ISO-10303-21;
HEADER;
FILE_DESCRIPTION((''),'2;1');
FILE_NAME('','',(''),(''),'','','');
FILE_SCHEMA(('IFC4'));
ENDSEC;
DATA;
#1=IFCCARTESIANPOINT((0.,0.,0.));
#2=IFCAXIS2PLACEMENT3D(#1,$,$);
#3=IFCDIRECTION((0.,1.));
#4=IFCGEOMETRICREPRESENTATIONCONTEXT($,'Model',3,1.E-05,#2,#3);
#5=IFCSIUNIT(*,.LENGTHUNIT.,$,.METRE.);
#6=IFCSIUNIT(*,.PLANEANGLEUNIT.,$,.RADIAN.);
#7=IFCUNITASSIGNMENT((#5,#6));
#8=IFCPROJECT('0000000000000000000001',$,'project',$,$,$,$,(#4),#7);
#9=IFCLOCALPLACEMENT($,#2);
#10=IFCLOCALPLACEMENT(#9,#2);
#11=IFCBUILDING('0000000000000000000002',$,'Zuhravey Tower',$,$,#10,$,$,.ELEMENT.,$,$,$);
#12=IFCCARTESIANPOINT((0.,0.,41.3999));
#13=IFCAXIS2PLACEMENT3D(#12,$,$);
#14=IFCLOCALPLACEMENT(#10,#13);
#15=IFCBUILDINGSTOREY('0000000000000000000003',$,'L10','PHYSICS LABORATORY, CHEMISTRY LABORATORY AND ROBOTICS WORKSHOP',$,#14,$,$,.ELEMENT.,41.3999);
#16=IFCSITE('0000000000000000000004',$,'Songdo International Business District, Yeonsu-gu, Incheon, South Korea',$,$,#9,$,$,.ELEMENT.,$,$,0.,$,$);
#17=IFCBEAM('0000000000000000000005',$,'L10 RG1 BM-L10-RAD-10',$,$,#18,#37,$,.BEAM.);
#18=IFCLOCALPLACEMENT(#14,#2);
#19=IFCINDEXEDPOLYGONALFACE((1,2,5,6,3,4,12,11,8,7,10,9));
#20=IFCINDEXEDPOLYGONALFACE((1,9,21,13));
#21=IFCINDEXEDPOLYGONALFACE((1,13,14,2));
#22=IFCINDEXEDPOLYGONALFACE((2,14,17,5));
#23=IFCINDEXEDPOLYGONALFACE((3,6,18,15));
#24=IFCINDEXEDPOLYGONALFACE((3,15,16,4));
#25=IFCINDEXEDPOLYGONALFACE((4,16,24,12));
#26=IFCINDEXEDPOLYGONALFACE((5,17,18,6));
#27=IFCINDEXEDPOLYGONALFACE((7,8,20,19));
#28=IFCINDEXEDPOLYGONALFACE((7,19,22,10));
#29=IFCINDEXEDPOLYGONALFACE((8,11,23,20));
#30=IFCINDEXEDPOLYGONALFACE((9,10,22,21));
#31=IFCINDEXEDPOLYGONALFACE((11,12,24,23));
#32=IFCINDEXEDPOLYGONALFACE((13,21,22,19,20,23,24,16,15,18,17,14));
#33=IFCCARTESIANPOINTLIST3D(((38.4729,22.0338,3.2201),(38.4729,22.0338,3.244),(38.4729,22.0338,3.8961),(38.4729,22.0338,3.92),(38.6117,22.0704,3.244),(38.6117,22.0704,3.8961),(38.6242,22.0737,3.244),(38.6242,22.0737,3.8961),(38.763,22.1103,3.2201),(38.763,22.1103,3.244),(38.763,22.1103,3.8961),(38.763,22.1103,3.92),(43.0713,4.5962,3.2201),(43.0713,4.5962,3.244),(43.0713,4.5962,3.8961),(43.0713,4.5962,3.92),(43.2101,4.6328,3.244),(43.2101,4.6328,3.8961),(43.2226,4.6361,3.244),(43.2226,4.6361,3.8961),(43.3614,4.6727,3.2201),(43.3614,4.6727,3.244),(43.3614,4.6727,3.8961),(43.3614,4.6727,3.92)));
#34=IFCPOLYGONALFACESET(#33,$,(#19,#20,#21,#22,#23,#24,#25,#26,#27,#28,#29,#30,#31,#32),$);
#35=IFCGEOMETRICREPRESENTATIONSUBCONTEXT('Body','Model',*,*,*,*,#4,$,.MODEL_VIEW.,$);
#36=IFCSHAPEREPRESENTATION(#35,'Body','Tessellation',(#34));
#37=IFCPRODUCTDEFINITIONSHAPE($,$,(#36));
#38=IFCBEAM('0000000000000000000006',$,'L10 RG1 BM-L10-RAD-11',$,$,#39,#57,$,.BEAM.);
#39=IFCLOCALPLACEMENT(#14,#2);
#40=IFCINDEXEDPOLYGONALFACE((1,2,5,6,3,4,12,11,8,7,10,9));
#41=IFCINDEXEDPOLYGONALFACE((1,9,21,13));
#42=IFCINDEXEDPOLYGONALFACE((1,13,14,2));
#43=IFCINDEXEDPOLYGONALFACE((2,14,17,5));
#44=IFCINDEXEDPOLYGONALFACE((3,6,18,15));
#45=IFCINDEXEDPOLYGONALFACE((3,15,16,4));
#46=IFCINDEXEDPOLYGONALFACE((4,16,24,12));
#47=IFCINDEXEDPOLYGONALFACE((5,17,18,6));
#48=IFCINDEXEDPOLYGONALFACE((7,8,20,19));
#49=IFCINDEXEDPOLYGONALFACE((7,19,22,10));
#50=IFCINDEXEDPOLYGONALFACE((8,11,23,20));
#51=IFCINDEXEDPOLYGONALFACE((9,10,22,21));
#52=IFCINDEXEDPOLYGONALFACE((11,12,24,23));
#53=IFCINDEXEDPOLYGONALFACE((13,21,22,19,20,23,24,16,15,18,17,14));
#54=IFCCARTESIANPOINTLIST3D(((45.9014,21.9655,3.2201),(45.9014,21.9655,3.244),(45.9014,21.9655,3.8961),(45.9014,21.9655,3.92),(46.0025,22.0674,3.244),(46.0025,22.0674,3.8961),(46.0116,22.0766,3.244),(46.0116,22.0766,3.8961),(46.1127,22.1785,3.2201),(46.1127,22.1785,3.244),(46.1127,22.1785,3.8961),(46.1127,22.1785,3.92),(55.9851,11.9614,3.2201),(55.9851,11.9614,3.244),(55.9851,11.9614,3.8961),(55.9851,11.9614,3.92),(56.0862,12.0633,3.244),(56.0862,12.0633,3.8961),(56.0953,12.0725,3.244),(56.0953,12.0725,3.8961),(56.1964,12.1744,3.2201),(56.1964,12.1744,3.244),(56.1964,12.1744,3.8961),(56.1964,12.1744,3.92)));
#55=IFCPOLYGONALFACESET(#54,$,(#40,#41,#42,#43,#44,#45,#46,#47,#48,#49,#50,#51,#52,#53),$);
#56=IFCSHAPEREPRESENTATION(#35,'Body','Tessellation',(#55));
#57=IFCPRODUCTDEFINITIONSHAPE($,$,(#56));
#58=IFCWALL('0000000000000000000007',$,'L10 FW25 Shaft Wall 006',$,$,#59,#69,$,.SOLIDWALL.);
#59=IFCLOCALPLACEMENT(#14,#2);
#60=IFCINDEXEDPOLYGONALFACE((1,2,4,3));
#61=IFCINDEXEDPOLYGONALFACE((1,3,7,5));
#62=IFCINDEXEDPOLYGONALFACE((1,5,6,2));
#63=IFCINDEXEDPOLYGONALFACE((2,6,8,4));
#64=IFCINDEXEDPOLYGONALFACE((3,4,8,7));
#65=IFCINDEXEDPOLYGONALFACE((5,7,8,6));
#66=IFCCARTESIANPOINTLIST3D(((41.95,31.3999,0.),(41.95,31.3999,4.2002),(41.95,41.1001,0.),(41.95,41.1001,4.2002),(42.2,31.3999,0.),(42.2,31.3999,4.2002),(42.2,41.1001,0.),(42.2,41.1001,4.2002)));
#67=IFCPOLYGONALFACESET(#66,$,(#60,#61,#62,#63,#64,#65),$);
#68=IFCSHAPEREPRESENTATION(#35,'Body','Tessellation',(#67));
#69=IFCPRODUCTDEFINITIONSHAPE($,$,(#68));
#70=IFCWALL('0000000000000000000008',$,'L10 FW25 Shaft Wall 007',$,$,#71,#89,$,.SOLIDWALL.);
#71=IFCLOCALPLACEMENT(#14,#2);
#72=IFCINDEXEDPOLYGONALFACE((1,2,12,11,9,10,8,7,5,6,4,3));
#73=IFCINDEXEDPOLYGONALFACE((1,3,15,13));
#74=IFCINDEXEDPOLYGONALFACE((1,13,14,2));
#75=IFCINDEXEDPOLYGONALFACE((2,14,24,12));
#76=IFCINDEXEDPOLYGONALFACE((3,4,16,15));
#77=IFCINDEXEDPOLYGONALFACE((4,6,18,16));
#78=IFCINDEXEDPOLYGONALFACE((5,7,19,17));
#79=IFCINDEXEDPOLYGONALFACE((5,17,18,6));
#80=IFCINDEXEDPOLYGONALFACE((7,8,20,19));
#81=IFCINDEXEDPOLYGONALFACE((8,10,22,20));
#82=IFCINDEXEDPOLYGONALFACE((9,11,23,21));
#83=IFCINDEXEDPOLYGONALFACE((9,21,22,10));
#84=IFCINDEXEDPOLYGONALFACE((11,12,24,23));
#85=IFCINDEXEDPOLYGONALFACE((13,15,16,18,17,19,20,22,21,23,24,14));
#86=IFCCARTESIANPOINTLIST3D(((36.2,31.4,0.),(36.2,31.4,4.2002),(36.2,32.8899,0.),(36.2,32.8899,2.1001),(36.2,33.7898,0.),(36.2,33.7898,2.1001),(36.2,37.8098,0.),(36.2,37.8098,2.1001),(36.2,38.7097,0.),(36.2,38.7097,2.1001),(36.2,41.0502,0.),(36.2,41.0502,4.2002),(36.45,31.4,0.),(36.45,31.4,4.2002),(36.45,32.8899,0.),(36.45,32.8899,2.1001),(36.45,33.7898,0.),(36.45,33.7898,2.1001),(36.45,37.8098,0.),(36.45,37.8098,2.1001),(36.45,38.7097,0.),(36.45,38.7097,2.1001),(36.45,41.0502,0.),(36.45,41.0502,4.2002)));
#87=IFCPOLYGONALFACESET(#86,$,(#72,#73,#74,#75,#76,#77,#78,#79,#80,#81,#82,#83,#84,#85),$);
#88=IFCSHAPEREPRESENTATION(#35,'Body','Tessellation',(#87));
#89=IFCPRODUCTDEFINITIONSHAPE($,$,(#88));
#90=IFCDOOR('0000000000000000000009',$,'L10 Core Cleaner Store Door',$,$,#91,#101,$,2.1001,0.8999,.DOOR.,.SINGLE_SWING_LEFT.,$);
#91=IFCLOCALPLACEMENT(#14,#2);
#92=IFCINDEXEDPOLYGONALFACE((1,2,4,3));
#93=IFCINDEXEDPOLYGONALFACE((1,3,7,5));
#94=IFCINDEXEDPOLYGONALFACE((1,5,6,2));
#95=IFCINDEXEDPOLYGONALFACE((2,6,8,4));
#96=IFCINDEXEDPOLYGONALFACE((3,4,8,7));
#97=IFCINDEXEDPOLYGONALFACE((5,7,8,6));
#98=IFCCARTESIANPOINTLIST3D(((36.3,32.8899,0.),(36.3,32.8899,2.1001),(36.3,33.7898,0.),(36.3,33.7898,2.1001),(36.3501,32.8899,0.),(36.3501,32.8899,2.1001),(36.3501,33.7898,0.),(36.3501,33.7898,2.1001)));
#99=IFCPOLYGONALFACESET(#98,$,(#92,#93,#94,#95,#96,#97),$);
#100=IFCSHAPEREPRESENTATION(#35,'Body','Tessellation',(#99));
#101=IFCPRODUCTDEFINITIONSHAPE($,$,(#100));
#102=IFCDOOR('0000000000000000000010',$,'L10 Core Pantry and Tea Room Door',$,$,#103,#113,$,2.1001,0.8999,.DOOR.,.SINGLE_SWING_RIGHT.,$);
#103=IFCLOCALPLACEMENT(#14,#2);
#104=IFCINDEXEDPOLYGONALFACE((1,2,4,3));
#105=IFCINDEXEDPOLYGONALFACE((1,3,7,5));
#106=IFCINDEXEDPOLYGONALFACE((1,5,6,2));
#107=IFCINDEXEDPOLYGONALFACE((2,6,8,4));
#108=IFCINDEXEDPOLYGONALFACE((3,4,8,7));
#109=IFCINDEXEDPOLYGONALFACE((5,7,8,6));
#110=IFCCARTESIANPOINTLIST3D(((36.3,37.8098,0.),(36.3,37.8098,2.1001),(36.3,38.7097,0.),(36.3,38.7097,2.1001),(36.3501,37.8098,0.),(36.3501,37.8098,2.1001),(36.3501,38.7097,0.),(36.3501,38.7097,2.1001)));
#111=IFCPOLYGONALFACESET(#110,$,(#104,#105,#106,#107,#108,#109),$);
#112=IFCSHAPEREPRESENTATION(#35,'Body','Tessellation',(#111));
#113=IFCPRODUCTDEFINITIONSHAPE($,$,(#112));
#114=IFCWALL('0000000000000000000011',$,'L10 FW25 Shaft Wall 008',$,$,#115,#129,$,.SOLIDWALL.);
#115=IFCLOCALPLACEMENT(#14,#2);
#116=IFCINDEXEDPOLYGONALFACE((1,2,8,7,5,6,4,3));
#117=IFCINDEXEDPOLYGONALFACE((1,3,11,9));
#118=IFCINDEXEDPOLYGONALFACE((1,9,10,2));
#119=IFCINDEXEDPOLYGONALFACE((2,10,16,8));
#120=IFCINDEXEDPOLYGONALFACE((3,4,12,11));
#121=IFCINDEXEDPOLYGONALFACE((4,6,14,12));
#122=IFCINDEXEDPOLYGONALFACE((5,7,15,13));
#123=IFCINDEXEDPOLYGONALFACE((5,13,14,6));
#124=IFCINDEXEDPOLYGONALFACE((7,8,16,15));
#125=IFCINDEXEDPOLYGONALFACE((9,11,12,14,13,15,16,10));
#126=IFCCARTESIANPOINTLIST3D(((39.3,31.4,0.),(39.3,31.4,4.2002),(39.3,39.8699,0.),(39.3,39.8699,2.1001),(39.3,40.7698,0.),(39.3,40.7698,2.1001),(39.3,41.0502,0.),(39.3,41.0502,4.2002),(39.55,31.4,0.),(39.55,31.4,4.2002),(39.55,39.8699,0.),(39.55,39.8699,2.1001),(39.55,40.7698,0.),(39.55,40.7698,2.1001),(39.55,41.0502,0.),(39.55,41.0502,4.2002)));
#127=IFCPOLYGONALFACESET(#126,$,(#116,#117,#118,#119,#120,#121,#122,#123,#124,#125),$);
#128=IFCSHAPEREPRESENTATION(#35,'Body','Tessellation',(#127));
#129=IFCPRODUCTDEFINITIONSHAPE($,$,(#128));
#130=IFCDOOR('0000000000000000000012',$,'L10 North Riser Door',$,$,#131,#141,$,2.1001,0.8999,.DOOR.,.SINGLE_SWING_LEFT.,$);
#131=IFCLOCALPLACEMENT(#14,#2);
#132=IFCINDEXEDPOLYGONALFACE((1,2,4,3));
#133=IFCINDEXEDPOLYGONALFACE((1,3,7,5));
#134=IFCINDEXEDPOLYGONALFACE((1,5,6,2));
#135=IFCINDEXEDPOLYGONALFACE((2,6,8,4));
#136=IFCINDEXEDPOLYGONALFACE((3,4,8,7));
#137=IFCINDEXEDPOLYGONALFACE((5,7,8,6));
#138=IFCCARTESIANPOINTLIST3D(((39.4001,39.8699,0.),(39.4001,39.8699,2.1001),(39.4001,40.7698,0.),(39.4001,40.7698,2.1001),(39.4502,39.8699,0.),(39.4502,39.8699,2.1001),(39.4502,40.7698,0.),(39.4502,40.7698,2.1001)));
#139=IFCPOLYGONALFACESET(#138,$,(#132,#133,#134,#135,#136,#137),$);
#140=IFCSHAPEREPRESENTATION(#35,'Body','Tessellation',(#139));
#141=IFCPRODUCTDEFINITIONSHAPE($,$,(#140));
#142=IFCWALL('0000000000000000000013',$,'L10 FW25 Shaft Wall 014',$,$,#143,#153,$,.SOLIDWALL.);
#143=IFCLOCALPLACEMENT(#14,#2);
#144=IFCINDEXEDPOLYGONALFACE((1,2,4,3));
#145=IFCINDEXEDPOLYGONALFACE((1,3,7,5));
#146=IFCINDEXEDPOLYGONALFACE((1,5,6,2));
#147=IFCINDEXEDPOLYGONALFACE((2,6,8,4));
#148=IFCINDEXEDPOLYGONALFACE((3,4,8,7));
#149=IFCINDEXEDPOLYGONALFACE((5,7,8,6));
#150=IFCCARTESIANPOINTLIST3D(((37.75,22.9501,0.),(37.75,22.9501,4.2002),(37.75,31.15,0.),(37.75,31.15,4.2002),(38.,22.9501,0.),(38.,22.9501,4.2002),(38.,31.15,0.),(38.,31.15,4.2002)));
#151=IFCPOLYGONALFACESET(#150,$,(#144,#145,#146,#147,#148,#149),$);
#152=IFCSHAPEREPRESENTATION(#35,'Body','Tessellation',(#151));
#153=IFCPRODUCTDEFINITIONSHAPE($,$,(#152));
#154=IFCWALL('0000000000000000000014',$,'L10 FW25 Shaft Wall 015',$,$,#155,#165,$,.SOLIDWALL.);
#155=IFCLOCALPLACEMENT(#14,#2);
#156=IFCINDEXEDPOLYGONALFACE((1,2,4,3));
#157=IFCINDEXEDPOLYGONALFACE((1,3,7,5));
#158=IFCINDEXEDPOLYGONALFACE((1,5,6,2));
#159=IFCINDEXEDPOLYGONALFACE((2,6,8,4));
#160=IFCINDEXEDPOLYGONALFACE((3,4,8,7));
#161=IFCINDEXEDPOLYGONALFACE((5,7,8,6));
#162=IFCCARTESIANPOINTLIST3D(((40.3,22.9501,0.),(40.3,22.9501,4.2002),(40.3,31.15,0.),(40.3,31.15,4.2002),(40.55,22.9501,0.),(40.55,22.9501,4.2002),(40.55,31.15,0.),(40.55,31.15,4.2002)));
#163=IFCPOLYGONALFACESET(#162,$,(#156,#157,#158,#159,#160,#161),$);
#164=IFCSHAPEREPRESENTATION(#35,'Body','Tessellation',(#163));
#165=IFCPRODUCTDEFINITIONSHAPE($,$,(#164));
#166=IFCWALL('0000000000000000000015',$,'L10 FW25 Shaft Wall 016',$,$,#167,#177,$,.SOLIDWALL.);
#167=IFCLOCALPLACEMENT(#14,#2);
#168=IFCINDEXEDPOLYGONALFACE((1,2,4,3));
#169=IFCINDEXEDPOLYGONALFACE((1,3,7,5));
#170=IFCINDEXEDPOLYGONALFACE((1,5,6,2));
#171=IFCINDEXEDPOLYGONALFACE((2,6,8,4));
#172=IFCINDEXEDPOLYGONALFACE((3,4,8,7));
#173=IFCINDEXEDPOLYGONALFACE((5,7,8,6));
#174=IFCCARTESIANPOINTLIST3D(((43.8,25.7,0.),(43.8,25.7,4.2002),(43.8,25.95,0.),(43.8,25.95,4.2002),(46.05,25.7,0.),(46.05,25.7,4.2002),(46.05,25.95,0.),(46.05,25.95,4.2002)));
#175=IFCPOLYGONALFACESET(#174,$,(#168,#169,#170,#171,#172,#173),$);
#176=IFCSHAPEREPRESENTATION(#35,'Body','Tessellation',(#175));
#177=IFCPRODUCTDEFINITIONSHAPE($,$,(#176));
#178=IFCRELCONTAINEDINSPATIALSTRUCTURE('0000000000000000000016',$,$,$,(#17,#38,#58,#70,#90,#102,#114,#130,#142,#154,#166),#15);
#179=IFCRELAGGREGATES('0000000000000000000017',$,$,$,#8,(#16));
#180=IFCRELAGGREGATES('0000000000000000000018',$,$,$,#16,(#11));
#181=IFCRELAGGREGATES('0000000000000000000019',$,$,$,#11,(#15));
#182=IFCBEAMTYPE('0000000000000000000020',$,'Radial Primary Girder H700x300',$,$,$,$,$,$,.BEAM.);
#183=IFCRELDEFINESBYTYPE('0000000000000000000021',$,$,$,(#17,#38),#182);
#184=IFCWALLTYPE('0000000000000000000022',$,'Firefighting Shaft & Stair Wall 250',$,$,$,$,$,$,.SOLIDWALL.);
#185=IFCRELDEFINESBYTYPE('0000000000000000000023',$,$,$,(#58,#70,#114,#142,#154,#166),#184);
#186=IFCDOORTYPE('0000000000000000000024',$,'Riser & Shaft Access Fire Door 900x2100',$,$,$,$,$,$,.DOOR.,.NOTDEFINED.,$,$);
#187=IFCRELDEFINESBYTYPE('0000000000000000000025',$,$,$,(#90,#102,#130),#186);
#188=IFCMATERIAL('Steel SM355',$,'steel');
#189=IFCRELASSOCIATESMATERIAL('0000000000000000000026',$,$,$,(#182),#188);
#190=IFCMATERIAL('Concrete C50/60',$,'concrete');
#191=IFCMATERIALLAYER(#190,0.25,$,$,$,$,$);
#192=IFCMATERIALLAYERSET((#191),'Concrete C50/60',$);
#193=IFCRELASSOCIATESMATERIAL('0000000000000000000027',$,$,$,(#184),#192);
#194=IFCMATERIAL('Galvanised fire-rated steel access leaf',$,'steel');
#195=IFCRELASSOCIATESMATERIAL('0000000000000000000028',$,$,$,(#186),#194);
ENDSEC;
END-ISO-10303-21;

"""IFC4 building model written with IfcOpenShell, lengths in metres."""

from ifc_helpers import new_model, si_unit, direction, frame, frame_2d, origin, origin_2d, place, context, subcontext, project, spatial, rectangle, i_section, extrude, material, layer, layer_set, material_profile, profile_set, type_object, element, fill, save


model = new_model("IFC4")

# Units and contexts
model_context = context("Model", 3, precision=1e-05, world=origin(), true_north=direction((0.0, 1.0)))
body_context = subcontext(model_context, "Body", "Model", "MODEL_VIEW")
ifc_project = project(units=[si_unit("LENGTHUNIT", "METRE"), si_unit("PLANEANGLEUNIT", "RADIAN")], contexts=[model_context])

# Site, building, storey
site_placement = place(None, origin())
site = spatial("IfcSite", under=ifc_project, at=site_placement, Name="Songdo International Business District, Yeonsu-gu, Incheon, South Korea", CompositionType="ELEMENT", RefElevation=0.0)
building_placement = place(site_placement, origin())
building = spatial("IfcBuilding", under=site, at=building_placement, Name="Zuhravey Tower", CompositionType="ELEMENT")
storey_placement = place(building_placement, frame((0.0, 0.0, 41.3999)))
storey = spatial("IfcBuildingStorey", under=building, at=storey_placement, Name="L10", Description="PHYSICS LABORATORY, CHEMISTRY LABORATORY AND ROBOTICS WORKSHOP", CompositionType="ELEMENT", Elevation=41.3999)

# Beams
ifc_material_1 = material(Name="Steel SM355", Category="steel")
ifc_material_profile = material_profile(ifc_material_1, i_section(OverallWidth=0.3, OverallDepth=0.7, WebThickness=0.0129, FlangeThickness=0.0239, at=origin_2d()), Name="H-700x300x13x24")
ifc_profile_set = profile_set([ifc_material_profile], Name="Steel SM355")
beam_type = type_object("IfcBeamType", Name="Radial Primary Girder H700x300", PredefinedType="BEAM", material=ifc_profile_set)
beam_1_placement = place(storey_placement, frame((38.6179, 22.072, 3.5701), z_axis=(0.25499, -0.966944, 0.0), x_axis=(0.966944, 0.25499, 0.0)))
element("IfcBeam", 1, at=beam_1_placement, inside=storey, type_object=beam_type, Name="L10 RG1 BM-L10-RAD-10", PredefinedType="BEAM", context=body_context, shape_type="SweptSolid", body=[
    extrude(i_section(OverallWidth=0.3, OverallDepth=0.7, WebThickness=0.0129, FlangeThickness=0.0239, at=origin_2d()), origin(), (0.0, 0.0, 1.0), 18.0337),
])
beam_2_placement = place(storey_placement, frame((46.0071, 22.072, 3.5701), z_axis=(0.709903, -0.7043, 0.0), x_axis=(0.7043, 0.709903, 0.0)))
element("IfcBeam", 2, at=beam_2_placement, inside=storey, type_object=beam_type, Name="L10 RG1 BM-L10-RAD-11", PredefinedType="BEAM", context=body_context, shape_type="SweptSolid", body=[
    extrude(i_section(OverallWidth=0.3, OverallDepth=0.7, WebThickness=0.0129, FlangeThickness=0.0239, at=origin_2d()), origin(), (0.0, 0.0, 1.0), 14.2043),
])

# Wall
ifc_material_2 = material(Name="Concrete C50/60", Category="concrete")
ifc_layer_1 = layer(ifc_material_2, 0.25)
ifc_layer_set_1 = layer_set([ifc_layer_1], Name="Concrete C50/60")
wall_type_1 = type_object("IfcWallType", Name="Firefighting Shaft & Stair Wall 250", PredefinedType="SOLIDWALL", material=ifc_layer_set_1)
wall_1_placement = place(storey_placement, frame((42.075, 31.3999, 0.0), z_axis=(0.0, 0.0, 1.0), x_axis=(0.0, 1.0, 0.0)))
element("IfcWall", 3, at=wall_1_placement, inside=storey, type_object=wall_type_1, Name="L10 FW25 Shaft Wall 006", PredefinedType="SOLIDWALL", context=body_context, shape_type="SweptSolid", body=[
    extrude(rectangle(XDim=9.7002, YDim=0.25, at=frame_2d((4.8501, 0.0))), origin(), (0.0, 0.0, 1.0), 4.2002),
])

# Wall, openings, doors
wall_2_placement = place(storey_placement, frame((36.325, 31.3999, 0.0), z_axis=(0.0, 0.0, 1.0), x_axis=(0.0, 1.0, 0.0)))
wall_2 = element("IfcWall", 4, at=wall_2_placement, inside=storey, type_object=wall_type_1, Name="L10 FW25 Shaft Wall 007", PredefinedType="SOLIDWALL", context=body_context, shape_type="SweptSolid", body=[
    extrude(rectangle(XDim=9.6501, YDim=0.25, at=frame_2d((4.8252, 0.0))), origin(), (0.0, 0.0, 1.0), 4.2002),
])
opening_1_placement = place(wall_2_placement, frame((1.49, 0.0, 0.0)))
opening_1 = element("IfcOpeningElement", 5, at=opening_1_placement, cuts=wall_2, PredefinedType="OPENING", context=body_context, shape_type="SweptSolid", body=[
    extrude(rectangle(XDim=0.8999, YDim=2.1001, at=frame_2d((0.45, 1.05))), frame((0.0, 0.137, 0.0), z_axis=(0.0, -1.0, 0.0), x_axis=(1.0, 0.0, 0.0)), (0.0, 0.0, 1.0), 0.2739),
])
opening_2_placement = place(wall_2_placement, frame((6.4099, 0.0, 0.0)))
opening_2 = element("IfcOpeningElement", 6, at=opening_2_placement, cuts=wall_2, PredefinedType="OPENING", context=body_context, shape_type="SweptSolid", body=[
    extrude(rectangle(XDim=0.8999, YDim=2.1001, at=frame_2d((0.45, 1.05))), frame((0.0, 0.137, 0.0), z_axis=(0.0, -1.0, 0.0), x_axis=(1.0, 0.0, 0.0)), (0.0, 0.0, 1.0), 0.2739),
])
ifc_material_3 = material(Name="Galvanised fire-rated steel access leaf", Category="steel")
door_type_1 = type_object("IfcDoorType", Name="Riser & Shaft Access Fire Door 900x2100", OperationType="NOTDEFINED", PredefinedType="DOOR", material=ifc_material_3)
door_1_placement = place(opening_1_placement, origin())
door_1 = element("IfcDoor", 7, at=door_1_placement, inside=storey, type_object=door_type_1, Name="L10 Core Cleaner Store Door", OperationType="SINGLE_SWING_LEFT", OverallHeight=2.1001, OverallWidth=0.8999, PredefinedType="DOOR", context=body_context, shape_type="SweptSolid", body=[
    extrude(rectangle(XDim=0.8999, YDim=2.1001, at=frame_2d((0.45, 1.05))), frame((0.0, 0.0249, 0.0), z_axis=(0.0, -1.0, 0.0), x_axis=(1.0, 0.0, 0.0)), (0.0, 0.0, 1.0), 0.05),
])
fill(opening_1, door_1)
door_2_placement = place(opening_2_placement, origin())
door_2 = element("IfcDoor", 8, at=door_2_placement, inside=storey, type_object=door_type_1, Name="L10 Core Pantry and Tea Room Door", OperationType="SINGLE_SWING_RIGHT", OverallHeight=2.1001, OverallWidth=0.8999, PredefinedType="DOOR", context=body_context, shape_type="SweptSolid", body=[
    extrude(rectangle(XDim=0.8999, YDim=2.1001, at=frame_2d((0.45, 1.05))), frame((0.0, 0.0249, 0.0), z_axis=(0.0, -1.0, 0.0), x_axis=(1.0, 0.0, 0.0)), (0.0, 0.0, 1.0), 0.05),
])
fill(opening_2, door_2)

# Wall, opening, door
wall_3_placement = place(storey_placement, frame((39.425, 31.3999, 0.0), z_axis=(0.0, 0.0, 1.0), x_axis=(0.0, 1.0, 0.0)))
wall_3 = element("IfcWall", 9, at=wall_3_placement, inside=storey, type_object=wall_type_1, Name="L10 FW25 Shaft Wall 008", PredefinedType="SOLIDWALL", context=body_context, shape_type="SweptSolid", body=[
    extrude(rectangle(XDim=9.6501, YDim=0.25, at=frame_2d((4.8252, 0.0))), origin(), (0.0, 0.0, 1.0), 4.2002),
])
opening_3_placement = place(wall_3_placement, frame((8.47, 0.0, 0.0)))
opening_3 = element("IfcOpeningElement", 10, at=opening_3_placement, cuts=wall_3, PredefinedType="OPENING", context=body_context, shape_type="SweptSolid", body=[
    extrude(rectangle(XDim=0.8999, YDim=2.1001, at=frame_2d((0.45, 1.05))), frame((0.0, 0.137, 0.0), z_axis=(0.0, -1.0, 0.0), x_axis=(1.0, 0.0, 0.0)), (0.0, 0.0, 1.0), 0.2739),
])
door_3_placement = place(opening_3_placement, origin())
door_3 = element("IfcDoor", 11, at=door_3_placement, inside=storey, type_object=door_type_1, Name="L10 North Riser Door", OperationType="SINGLE_SWING_LEFT", OverallHeight=2.1001, OverallWidth=0.8999, PredefinedType="DOOR", context=body_context, shape_type="SweptSolid", body=[
    extrude(rectangle(XDim=0.8999, YDim=2.1001, at=frame_2d((0.45, 1.05))), frame((0.0, 0.0249, 0.0), z_axis=(0.0, -1.0, 0.0), x_axis=(1.0, 0.0, 0.0)), (0.0, 0.0, 1.0), 0.05),
])
fill(opening_3, door_3)

# Walls
for number, where, z_axis, x_axis, name in (
    (12, (37.875, 22.95, 0.0), (0.0, 0.0, 1.0), (0.0, 1.0, 0.0), "L10 FW25 Shaft Wall 014"),
    (13, (40.425, 22.95, 0.0), (0.0, 0.0, 1.0), (0.0, 1.0, 0.0), "L10 FW25 Shaft Wall 015"),
):
    element("IfcWall", number, at=place(storey_placement, frame(where, z_axis=z_axis, x_axis=x_axis)), inside=storey, type_object=wall_type_1, Name=name, PredefinedType="SOLIDWALL", context=body_context, shape_type="SweptSolid", body=[
        extrude(rectangle(XDim=8.2, YDim=0.25, at=frame_2d((4.1001, 0.0))), origin(), (0.0, 0.0, 1.0), 4.2002),
    ])
for number, where, z_axis, x_axis, name in (
    (14, (43.8, 25.825, 0.0), (0.0, 0.0, 1.0), (1.0, 0.0, 0.0), "L10 FW25 Shaft Wall 016"),
):
    element("IfcWall", number, at=place(storey_placement, frame(where, z_axis=z_axis, x_axis=x_axis)), inside=storey, type_object=wall_type_1, Name=name, PredefinedType="SOLIDWALL", context=body_context, shape_type="SweptSolid", body=[
        extrude(rectangle(XDim=2.25, YDim=0.25, at=frame_2d((1.125, 0.0))), origin(), (0.0, 0.0, 1.0), 4.2002),
    ])

save(model, "model.ifc")
